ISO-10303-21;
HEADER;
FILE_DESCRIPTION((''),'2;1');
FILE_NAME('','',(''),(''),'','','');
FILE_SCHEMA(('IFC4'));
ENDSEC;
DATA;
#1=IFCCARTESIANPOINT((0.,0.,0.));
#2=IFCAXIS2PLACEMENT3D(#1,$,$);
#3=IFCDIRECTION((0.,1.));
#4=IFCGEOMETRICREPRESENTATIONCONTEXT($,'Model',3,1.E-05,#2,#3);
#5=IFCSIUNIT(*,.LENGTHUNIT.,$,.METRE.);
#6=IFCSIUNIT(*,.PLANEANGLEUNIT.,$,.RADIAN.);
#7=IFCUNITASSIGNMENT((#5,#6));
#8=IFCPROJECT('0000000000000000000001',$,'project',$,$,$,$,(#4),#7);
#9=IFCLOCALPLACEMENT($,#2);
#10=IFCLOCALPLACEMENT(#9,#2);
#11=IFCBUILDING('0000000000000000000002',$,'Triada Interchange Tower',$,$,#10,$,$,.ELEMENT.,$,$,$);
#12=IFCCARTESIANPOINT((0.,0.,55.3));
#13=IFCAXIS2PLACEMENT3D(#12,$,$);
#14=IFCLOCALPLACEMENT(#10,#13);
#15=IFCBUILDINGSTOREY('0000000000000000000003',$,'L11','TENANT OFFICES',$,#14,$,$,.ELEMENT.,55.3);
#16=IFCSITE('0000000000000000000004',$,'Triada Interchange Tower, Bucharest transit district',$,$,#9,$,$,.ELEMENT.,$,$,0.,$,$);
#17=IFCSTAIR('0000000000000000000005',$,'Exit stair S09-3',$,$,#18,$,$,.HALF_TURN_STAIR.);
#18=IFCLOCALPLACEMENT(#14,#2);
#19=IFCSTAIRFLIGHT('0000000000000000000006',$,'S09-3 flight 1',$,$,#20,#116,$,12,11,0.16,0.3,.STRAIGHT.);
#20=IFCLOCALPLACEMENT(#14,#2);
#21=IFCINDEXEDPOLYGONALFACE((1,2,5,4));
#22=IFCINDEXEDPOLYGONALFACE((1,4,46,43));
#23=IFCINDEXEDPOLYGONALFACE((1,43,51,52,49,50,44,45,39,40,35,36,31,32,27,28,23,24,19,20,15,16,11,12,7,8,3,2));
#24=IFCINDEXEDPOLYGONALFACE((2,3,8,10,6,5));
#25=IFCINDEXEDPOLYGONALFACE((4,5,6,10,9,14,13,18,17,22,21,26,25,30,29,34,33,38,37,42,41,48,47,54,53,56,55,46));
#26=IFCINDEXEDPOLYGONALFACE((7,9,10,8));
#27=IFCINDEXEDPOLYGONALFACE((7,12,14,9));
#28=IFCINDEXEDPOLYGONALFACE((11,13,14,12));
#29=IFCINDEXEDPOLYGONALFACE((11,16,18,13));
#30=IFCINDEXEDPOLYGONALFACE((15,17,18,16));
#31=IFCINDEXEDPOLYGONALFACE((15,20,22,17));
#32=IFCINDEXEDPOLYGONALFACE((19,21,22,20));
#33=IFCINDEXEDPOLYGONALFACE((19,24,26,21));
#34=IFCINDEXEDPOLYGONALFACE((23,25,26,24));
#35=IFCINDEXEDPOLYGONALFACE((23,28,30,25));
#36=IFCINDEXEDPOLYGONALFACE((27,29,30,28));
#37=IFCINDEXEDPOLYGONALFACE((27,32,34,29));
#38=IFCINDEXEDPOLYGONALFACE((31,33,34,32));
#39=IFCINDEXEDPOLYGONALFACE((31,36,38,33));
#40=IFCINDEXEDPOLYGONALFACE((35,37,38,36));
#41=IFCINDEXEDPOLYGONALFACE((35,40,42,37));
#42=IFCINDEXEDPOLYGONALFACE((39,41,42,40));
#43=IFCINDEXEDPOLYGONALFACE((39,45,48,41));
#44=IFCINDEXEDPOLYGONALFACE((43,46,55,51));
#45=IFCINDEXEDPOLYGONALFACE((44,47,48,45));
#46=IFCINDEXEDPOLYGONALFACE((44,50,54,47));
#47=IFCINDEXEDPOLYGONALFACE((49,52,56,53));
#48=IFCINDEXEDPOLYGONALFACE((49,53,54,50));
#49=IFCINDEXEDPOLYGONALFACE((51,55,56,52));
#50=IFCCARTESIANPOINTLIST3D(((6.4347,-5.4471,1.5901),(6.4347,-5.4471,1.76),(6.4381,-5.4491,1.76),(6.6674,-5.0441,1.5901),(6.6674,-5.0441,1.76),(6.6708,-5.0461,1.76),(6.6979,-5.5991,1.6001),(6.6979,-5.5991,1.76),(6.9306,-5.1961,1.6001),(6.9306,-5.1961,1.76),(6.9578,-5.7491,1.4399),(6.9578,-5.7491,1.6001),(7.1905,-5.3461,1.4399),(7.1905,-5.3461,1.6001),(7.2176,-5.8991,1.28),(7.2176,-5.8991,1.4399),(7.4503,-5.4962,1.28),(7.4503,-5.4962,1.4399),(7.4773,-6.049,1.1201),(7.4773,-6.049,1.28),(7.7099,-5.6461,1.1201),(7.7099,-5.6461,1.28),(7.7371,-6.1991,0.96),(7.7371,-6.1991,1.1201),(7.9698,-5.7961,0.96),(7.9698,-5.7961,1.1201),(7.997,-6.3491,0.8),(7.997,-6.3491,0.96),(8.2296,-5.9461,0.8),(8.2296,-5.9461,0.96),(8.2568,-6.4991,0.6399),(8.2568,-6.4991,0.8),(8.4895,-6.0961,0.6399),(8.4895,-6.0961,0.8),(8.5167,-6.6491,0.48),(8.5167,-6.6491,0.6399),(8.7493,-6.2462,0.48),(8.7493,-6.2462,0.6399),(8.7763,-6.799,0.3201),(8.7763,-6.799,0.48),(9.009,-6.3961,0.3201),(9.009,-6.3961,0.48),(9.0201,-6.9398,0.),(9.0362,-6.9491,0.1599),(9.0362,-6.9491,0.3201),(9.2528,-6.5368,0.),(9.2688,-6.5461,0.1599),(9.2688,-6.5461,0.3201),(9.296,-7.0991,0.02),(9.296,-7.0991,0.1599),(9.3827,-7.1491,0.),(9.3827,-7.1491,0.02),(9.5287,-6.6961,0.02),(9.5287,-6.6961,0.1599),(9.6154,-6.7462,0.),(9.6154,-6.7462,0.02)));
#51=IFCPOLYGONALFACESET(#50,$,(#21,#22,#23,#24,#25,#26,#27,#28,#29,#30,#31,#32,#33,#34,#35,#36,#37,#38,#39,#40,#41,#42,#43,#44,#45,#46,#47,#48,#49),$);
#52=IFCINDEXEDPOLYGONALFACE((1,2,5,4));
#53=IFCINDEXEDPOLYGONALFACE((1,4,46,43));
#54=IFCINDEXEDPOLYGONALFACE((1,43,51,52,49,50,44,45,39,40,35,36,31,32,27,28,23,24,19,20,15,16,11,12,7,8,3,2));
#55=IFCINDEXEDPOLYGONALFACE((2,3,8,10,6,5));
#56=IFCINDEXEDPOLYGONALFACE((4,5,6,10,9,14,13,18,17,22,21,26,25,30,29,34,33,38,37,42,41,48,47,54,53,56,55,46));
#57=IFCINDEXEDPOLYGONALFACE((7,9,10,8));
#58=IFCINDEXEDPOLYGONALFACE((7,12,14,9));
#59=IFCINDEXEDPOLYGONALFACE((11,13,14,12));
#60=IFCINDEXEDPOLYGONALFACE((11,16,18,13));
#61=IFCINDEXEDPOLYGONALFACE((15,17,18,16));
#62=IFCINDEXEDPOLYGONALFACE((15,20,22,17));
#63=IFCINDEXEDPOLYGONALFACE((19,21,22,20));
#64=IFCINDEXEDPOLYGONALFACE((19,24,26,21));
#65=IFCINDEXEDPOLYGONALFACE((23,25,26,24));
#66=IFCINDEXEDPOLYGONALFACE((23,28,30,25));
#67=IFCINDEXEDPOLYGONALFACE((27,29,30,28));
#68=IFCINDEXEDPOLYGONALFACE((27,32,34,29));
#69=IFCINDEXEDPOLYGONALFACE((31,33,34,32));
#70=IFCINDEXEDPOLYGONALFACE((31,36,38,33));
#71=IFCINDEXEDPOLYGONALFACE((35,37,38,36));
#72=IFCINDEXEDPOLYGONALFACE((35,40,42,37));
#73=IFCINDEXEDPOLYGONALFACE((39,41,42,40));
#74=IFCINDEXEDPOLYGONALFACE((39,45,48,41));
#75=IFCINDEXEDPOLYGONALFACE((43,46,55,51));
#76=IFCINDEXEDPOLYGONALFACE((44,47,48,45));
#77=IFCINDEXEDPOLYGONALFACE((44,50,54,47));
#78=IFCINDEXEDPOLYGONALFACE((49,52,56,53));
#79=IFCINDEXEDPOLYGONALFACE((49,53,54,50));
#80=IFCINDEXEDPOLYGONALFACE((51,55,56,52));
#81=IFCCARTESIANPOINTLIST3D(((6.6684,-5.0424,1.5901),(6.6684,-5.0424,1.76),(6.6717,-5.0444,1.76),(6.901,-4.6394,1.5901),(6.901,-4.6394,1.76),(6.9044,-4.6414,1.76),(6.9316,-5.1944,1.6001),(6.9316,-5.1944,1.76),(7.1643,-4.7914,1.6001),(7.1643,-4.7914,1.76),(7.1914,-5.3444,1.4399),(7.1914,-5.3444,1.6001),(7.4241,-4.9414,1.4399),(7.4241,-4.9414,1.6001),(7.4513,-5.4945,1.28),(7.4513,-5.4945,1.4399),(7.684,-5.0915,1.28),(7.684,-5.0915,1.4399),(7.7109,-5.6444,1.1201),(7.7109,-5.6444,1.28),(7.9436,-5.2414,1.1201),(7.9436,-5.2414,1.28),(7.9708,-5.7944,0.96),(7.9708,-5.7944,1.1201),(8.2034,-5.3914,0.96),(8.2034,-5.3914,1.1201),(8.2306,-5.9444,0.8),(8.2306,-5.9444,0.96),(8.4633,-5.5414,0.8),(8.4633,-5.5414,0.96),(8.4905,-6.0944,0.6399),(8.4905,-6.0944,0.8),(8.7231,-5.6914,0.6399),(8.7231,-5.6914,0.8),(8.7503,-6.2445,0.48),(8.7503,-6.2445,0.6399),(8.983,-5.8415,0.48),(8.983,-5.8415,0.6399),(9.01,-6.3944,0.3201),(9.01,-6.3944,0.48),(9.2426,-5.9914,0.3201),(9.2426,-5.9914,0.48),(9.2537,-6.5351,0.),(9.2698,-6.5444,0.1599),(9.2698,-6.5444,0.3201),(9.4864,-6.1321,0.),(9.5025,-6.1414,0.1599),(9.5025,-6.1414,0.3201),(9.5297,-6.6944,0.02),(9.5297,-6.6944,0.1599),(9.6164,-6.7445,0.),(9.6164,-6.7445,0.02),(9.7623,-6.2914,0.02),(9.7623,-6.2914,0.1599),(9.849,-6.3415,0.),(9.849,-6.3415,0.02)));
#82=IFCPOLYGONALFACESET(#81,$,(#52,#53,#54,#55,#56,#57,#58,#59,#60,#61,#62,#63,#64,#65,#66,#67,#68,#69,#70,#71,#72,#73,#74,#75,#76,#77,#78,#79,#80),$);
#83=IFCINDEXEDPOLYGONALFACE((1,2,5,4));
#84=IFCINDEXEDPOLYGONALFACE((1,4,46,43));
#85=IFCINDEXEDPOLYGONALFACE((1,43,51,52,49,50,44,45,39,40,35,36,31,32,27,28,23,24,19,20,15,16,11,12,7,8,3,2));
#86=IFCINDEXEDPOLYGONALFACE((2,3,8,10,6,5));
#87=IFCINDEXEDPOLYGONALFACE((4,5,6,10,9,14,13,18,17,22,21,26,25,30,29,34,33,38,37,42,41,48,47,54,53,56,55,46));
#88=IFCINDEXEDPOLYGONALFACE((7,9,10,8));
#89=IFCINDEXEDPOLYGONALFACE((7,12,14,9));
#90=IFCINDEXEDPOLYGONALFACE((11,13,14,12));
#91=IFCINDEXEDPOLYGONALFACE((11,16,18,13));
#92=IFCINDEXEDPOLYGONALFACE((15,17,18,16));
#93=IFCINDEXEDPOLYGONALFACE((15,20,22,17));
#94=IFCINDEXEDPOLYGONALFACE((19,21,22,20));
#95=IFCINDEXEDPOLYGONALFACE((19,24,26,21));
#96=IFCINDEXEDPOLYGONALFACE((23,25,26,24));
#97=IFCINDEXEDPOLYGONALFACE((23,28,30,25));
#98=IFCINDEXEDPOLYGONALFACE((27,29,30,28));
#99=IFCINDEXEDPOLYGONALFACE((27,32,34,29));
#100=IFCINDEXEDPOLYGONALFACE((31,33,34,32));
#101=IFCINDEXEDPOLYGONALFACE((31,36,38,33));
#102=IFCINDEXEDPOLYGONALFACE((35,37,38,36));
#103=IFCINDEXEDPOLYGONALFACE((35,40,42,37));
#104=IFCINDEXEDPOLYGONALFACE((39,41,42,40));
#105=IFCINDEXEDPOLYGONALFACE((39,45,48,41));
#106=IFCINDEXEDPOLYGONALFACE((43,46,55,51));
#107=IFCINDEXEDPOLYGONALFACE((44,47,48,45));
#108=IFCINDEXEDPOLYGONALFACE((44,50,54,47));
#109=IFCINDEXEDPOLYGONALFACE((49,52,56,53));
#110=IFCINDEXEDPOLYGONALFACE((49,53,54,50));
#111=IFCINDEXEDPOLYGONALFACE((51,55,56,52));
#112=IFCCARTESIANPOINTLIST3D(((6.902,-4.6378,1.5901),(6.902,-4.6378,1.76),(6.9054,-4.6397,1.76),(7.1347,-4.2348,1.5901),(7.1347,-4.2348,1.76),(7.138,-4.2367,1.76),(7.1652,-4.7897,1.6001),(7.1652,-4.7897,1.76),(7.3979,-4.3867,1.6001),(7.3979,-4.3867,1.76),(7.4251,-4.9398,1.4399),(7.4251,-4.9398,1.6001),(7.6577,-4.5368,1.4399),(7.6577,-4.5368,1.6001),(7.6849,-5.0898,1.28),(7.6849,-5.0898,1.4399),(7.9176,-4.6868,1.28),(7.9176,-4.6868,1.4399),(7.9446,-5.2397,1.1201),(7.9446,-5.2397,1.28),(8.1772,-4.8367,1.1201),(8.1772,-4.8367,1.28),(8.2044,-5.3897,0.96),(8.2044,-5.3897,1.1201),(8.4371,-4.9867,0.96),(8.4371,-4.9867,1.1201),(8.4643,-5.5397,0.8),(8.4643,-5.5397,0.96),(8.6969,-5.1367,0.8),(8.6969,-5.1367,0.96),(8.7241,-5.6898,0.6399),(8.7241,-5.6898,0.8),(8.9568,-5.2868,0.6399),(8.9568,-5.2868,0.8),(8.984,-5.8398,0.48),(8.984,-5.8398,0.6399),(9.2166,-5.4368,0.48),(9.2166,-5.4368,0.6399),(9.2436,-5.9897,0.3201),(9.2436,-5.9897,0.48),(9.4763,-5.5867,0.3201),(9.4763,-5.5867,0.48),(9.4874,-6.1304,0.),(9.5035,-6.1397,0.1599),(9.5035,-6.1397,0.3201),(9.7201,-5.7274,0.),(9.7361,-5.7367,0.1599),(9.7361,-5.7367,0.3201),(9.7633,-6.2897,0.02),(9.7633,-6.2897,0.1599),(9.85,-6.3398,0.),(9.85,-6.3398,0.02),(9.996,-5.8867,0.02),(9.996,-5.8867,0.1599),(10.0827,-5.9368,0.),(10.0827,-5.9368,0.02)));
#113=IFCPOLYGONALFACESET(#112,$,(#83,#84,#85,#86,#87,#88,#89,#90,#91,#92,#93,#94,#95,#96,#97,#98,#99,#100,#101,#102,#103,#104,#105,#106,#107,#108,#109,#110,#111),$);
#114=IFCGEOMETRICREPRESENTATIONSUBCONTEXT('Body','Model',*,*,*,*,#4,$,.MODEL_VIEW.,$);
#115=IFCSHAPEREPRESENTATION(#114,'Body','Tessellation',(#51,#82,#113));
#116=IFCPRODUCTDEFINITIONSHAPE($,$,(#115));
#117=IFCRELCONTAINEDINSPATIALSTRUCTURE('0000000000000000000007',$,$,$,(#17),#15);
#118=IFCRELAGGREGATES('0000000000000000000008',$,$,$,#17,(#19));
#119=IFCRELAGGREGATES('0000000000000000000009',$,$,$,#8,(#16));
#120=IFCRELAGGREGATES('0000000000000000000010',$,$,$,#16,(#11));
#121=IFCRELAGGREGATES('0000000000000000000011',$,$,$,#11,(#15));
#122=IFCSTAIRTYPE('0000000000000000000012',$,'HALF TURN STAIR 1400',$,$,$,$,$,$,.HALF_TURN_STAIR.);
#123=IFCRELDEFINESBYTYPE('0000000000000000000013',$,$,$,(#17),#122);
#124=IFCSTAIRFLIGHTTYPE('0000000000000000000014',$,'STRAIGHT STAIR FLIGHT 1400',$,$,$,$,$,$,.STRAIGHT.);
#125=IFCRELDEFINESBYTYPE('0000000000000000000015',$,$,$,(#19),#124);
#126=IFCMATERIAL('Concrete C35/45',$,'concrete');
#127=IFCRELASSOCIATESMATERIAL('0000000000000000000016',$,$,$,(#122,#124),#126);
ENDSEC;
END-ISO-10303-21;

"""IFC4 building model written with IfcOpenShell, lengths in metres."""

from ifc_helpers import new_model, si_unit, direction, frame, origin, place, context, subcontext, project, spatial, polyline, outline, extrude, material, type_object, element, aggregate, save


model = new_model("IFC4")

# Units and contexts
model_context = context("Model", 3, precision=1e-05, world=origin(), true_north=direction((0.0, 1.0)))
body_context = subcontext(model_context, "Body", "Model", "MODEL_VIEW")
ifc_project = project(units=[si_unit("LENGTHUNIT", "METRE"), si_unit("PLANEANGLEUNIT", "RADIAN")], contexts=[model_context])

# Site, building, storey
site_placement = place(None, origin())
site = spatial("IfcSite", under=ifc_project, at=site_placement, Name="Triada Interchange Tower, Bucharest transit district", CompositionType="ELEMENT", RefElevation=0.0)
building_placement = place(site_placement, origin())
building = spatial("IfcBuilding", under=site, at=building_placement, Name="Triada Interchange Tower", CompositionType="ELEMENT")
storey_placement = place(building_placement, frame((0.0, 0.0, 55.3)))
storey = spatial("IfcBuildingStorey", under=building, at=storey_placement, Name="L11", Description="TENANT OFFICES", CompositionType="ELEMENT", Elevation=55.3)

# Stair, stair flight
ifc_material_1 = material(Name="Concrete C35/45", Category="concrete")
stair_type = type_object("IfcStairType", Name="HALF TURN STAIR 1400", PredefinedType="HALF_TURN_STAIR", material=ifc_material_1)
stair_placement = place(storey_placement, origin())
stair = element("IfcStair", 1, at=stair_placement, inside=storey, type_object=stair_type, Name="Exit stair S09-3", PredefinedType="HALF_TURN_STAIR")
stair_flight_type = type_object("IfcStairFlightType", Name="STRAIGHT STAIR FLIGHT 1400", PredefinedType="STRAIGHT", material=ifc_material_1)
stair_flight_1_placement = place(storey_placement, frame((9.646, -6.4929, 0.0), z_axis=(0.0, 0.0, 1.0), x_axis=(-0.866025, 0.5, 0.0)))
stair_flight_1 = element("IfcStairFlight", 2, at=stair_flight_1_placement, type_object=stair_flight_type, Name="S09-3 flight 1", NumberOfRisers=12, NumberOfTreads=11, PredefinedType="STRAIGHT", RiserHeight=0.16, TreadLength=0.3, context=body_context, shape_type="SweptSolid", body=[
    extrude(outline(polyline([(-0.1001, 0.0), (-0.1001, 0.02), (0.0, 0.02), (0.0, 0.1599), (0.3, 0.1599), (0.3, 0.3201), (0.6001, 0.3201), (0.6001, 0.48), (0.8999, 0.48), (0.8999, 0.6399), (1.2, 0.6399), (1.2, 0.8), (1.5, 0.8), (1.5, 0.96), (1.8, 0.96), (1.8, 1.1201), (2.1001, 1.1201), (2.1001, 1.28), (2.3999, 1.28), (2.3999, 1.4399), (2.7, 1.4399), (2.7, 1.6001), (3.0, 1.6001), (3.0, 1.76), (3.3, 1.76), (3.304, 1.76), (3.304, 1.9199), (3.304, 1.5901), (0.3186, 0.0), (-0.1001, 0.0)])), frame((0.0, 0.7, 0.0), z_axis=(0.0, -1.0, 0.0), x_axis=(1.0, 0.0, 0.0)), (0.0, 0.0, 1.0), 0.4653),
    extrude(outline(polyline([(-0.1001, 0.0), (-0.1001, 0.02), (0.0, 0.02), (0.0, 0.1599), (0.3, 0.1599), (0.3, 0.3201), (0.6001, 0.3201), (0.6001, 0.48), (0.8999, 0.48), (0.8999, 0.6399), (1.2, 0.6399), (1.2, 0.8), (1.5, 0.8), (1.5, 0.96), (1.8, 0.96), (1.8, 1.1201), (2.1001, 1.1201), (2.1001, 1.28), (2.3999, 1.28), (2.3999, 1.4399), (2.7, 1.4399), (2.7, 1.6001), (3.0, 1.6001), (3.0, 1.76), (3.3, 1.76), (3.304, 1.76), (3.304, 1.9199), (3.304, 1.5901), (0.3186, 0.0), (-0.1001, 0.0)])), frame((0.0, 0.2327, 0.0), z_axis=(0.0, -1.0, 0.0), x_axis=(1.0, 0.0, 0.0)), (0.0, 0.0, 1.0), 0.4653),
    extrude(outline(polyline([(-0.1001, 0.0), (-0.1001, 0.02), (0.0, 0.02), (0.0, 0.1599), (0.3, 0.1599), (0.3, 0.3201), (0.6001, 0.3201), (0.6001, 0.48), (0.8999, 0.48), (0.8999, 0.6399), (1.2, 0.6399), (1.2, 0.8), (1.5, 0.8), (1.5, 0.96), (1.8, 0.96), (1.8, 1.1201), (2.1001, 1.1201), (2.1001, 1.28), (2.3999, 1.28), (2.3999, 1.4399), (2.7, 1.4399), (2.7, 1.6001), (3.0, 1.6001), (3.0, 1.76), (3.3, 1.76), (3.304, 1.76), (3.304, 1.9199), (3.304, 1.5901), (0.3186, 0.0), (-0.1001, 0.0)])), frame((0.0, -0.2346, 0.0), z_axis=(0.0, -1.0, 0.0), x_axis=(1.0, 0.0, 0.0)), (0.0, 0.0, 1.0), 0.4653),
])
aggregate(stair, [stair_flight_1])

save(model, "model.ifc")
